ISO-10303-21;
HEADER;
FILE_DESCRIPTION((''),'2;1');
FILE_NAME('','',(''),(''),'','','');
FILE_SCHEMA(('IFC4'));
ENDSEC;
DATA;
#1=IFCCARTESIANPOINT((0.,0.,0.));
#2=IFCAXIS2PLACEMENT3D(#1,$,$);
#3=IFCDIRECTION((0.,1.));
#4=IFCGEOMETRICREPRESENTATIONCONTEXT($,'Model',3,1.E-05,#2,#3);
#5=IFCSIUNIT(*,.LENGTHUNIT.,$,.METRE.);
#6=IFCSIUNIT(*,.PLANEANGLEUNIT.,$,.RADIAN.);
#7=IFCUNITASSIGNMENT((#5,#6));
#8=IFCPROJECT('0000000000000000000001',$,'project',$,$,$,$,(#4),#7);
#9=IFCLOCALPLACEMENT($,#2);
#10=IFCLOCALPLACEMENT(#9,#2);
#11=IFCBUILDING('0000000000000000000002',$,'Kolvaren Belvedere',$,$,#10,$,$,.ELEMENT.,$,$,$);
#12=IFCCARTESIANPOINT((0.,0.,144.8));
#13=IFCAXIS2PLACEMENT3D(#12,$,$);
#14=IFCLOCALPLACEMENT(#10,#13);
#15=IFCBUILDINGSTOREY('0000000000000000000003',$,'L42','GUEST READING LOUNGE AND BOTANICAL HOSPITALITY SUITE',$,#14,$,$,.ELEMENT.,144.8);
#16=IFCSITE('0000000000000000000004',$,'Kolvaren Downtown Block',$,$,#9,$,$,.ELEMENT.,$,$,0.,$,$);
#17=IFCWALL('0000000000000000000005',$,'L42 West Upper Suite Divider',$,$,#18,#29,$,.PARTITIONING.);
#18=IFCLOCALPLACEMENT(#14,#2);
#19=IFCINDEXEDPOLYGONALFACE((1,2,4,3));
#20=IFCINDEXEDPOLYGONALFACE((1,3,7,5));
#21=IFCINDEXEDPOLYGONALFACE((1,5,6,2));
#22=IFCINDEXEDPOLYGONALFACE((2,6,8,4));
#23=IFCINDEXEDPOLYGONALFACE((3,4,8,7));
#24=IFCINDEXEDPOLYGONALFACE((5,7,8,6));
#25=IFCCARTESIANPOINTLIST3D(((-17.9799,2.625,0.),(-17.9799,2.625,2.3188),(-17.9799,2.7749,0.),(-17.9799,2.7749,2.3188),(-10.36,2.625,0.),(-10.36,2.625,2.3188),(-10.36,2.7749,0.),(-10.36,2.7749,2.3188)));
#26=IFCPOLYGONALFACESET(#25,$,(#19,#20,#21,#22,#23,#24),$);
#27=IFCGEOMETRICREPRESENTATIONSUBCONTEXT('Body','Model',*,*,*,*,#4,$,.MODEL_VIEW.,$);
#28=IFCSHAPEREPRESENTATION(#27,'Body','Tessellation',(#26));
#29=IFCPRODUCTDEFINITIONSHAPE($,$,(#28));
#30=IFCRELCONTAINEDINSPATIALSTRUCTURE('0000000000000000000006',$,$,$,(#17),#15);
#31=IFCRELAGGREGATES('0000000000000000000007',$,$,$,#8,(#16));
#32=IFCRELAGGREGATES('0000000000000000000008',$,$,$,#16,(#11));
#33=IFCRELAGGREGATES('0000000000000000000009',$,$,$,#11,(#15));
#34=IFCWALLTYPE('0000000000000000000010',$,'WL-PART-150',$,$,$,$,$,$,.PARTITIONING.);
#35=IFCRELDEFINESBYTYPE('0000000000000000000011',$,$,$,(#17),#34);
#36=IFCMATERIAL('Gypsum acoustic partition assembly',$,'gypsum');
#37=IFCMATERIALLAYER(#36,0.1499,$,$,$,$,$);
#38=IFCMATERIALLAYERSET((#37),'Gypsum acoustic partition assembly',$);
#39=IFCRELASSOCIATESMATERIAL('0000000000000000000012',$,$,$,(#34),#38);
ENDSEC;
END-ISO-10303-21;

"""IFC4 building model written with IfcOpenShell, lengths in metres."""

from ifc_helpers import new_model, si_unit, direction, frame, frame_2d, origin, place, context, subcontext, project, spatial, rectangle, extrude, material, layer, layer_set, type_object, element, save


model = new_model("IFC4")

# Units and contexts
model_context = context("Model", 3, precision=1e-05, world=origin(), true_north=direction((0.0, 1.0)))
body_context = subcontext(model_context, "Body", "Model", "MODEL_VIEW")
ifc_project = project(units=[si_unit("LENGTHUNIT", "METRE"), si_unit("PLANEANGLEUNIT", "RADIAN")], contexts=[model_context])

# Site, building, storey
site_placement = place(None, origin())
site = spatial("IfcSite", under=ifc_project, at=site_placement, Name="Kolvaren Downtown Block", CompositionType="ELEMENT", RefElevation=0.0)
building_placement = place(site_placement, origin())
building = spatial("IfcBuilding", under=site, at=building_placement, Name="Kolvaren Belvedere", CompositionType="ELEMENT")
storey_placement = place(building_placement, frame((0.0, 0.0, 144.8)))
storey = spatial("IfcBuildingStorey", under=building, at=storey_placement, Name="L42", Description="GUEST READING LOUNGE AND BOTANICAL HOSPITALITY SUITE", CompositionType="ELEMENT", Elevation=144.8)

# Wall
ifc_material_1 = material(Name="Gypsum acoustic partition assembly", Category="gypsum")
ifc_layer_1 = layer(ifc_material_1, 0.1499)
ifc_layer_set_1 = layer_set([ifc_layer_1], Name="Gypsum acoustic partition assembly")
wall_type_1 = type_object("IfcWallType", Name="WL-PART-150", PredefinedType="PARTITIONING", material=ifc_layer_set_1)
wall_1_placement = place(storey_placement, frame((-17.98, 2.7, 0.0), z_axis=(0.0, 0.0, 1.0), x_axis=(1.0, 0.0, 0.0)))
element("IfcWall", 1, at=wall_1_placement, inside=storey, type_object=wall_type_1, Name="L42 West Upper Suite Divider", PredefinedType="PARTITIONING", context=body_context, shape_type="SweptSolid", body=[
    extrude(rectangle(XDim=7.6199, YDim=0.1499, at=frame_2d((3.8101, 0.0))), origin(), (0.0, 0.0, 1.0), 2.3188),
])

save(model, "model.ifc")
